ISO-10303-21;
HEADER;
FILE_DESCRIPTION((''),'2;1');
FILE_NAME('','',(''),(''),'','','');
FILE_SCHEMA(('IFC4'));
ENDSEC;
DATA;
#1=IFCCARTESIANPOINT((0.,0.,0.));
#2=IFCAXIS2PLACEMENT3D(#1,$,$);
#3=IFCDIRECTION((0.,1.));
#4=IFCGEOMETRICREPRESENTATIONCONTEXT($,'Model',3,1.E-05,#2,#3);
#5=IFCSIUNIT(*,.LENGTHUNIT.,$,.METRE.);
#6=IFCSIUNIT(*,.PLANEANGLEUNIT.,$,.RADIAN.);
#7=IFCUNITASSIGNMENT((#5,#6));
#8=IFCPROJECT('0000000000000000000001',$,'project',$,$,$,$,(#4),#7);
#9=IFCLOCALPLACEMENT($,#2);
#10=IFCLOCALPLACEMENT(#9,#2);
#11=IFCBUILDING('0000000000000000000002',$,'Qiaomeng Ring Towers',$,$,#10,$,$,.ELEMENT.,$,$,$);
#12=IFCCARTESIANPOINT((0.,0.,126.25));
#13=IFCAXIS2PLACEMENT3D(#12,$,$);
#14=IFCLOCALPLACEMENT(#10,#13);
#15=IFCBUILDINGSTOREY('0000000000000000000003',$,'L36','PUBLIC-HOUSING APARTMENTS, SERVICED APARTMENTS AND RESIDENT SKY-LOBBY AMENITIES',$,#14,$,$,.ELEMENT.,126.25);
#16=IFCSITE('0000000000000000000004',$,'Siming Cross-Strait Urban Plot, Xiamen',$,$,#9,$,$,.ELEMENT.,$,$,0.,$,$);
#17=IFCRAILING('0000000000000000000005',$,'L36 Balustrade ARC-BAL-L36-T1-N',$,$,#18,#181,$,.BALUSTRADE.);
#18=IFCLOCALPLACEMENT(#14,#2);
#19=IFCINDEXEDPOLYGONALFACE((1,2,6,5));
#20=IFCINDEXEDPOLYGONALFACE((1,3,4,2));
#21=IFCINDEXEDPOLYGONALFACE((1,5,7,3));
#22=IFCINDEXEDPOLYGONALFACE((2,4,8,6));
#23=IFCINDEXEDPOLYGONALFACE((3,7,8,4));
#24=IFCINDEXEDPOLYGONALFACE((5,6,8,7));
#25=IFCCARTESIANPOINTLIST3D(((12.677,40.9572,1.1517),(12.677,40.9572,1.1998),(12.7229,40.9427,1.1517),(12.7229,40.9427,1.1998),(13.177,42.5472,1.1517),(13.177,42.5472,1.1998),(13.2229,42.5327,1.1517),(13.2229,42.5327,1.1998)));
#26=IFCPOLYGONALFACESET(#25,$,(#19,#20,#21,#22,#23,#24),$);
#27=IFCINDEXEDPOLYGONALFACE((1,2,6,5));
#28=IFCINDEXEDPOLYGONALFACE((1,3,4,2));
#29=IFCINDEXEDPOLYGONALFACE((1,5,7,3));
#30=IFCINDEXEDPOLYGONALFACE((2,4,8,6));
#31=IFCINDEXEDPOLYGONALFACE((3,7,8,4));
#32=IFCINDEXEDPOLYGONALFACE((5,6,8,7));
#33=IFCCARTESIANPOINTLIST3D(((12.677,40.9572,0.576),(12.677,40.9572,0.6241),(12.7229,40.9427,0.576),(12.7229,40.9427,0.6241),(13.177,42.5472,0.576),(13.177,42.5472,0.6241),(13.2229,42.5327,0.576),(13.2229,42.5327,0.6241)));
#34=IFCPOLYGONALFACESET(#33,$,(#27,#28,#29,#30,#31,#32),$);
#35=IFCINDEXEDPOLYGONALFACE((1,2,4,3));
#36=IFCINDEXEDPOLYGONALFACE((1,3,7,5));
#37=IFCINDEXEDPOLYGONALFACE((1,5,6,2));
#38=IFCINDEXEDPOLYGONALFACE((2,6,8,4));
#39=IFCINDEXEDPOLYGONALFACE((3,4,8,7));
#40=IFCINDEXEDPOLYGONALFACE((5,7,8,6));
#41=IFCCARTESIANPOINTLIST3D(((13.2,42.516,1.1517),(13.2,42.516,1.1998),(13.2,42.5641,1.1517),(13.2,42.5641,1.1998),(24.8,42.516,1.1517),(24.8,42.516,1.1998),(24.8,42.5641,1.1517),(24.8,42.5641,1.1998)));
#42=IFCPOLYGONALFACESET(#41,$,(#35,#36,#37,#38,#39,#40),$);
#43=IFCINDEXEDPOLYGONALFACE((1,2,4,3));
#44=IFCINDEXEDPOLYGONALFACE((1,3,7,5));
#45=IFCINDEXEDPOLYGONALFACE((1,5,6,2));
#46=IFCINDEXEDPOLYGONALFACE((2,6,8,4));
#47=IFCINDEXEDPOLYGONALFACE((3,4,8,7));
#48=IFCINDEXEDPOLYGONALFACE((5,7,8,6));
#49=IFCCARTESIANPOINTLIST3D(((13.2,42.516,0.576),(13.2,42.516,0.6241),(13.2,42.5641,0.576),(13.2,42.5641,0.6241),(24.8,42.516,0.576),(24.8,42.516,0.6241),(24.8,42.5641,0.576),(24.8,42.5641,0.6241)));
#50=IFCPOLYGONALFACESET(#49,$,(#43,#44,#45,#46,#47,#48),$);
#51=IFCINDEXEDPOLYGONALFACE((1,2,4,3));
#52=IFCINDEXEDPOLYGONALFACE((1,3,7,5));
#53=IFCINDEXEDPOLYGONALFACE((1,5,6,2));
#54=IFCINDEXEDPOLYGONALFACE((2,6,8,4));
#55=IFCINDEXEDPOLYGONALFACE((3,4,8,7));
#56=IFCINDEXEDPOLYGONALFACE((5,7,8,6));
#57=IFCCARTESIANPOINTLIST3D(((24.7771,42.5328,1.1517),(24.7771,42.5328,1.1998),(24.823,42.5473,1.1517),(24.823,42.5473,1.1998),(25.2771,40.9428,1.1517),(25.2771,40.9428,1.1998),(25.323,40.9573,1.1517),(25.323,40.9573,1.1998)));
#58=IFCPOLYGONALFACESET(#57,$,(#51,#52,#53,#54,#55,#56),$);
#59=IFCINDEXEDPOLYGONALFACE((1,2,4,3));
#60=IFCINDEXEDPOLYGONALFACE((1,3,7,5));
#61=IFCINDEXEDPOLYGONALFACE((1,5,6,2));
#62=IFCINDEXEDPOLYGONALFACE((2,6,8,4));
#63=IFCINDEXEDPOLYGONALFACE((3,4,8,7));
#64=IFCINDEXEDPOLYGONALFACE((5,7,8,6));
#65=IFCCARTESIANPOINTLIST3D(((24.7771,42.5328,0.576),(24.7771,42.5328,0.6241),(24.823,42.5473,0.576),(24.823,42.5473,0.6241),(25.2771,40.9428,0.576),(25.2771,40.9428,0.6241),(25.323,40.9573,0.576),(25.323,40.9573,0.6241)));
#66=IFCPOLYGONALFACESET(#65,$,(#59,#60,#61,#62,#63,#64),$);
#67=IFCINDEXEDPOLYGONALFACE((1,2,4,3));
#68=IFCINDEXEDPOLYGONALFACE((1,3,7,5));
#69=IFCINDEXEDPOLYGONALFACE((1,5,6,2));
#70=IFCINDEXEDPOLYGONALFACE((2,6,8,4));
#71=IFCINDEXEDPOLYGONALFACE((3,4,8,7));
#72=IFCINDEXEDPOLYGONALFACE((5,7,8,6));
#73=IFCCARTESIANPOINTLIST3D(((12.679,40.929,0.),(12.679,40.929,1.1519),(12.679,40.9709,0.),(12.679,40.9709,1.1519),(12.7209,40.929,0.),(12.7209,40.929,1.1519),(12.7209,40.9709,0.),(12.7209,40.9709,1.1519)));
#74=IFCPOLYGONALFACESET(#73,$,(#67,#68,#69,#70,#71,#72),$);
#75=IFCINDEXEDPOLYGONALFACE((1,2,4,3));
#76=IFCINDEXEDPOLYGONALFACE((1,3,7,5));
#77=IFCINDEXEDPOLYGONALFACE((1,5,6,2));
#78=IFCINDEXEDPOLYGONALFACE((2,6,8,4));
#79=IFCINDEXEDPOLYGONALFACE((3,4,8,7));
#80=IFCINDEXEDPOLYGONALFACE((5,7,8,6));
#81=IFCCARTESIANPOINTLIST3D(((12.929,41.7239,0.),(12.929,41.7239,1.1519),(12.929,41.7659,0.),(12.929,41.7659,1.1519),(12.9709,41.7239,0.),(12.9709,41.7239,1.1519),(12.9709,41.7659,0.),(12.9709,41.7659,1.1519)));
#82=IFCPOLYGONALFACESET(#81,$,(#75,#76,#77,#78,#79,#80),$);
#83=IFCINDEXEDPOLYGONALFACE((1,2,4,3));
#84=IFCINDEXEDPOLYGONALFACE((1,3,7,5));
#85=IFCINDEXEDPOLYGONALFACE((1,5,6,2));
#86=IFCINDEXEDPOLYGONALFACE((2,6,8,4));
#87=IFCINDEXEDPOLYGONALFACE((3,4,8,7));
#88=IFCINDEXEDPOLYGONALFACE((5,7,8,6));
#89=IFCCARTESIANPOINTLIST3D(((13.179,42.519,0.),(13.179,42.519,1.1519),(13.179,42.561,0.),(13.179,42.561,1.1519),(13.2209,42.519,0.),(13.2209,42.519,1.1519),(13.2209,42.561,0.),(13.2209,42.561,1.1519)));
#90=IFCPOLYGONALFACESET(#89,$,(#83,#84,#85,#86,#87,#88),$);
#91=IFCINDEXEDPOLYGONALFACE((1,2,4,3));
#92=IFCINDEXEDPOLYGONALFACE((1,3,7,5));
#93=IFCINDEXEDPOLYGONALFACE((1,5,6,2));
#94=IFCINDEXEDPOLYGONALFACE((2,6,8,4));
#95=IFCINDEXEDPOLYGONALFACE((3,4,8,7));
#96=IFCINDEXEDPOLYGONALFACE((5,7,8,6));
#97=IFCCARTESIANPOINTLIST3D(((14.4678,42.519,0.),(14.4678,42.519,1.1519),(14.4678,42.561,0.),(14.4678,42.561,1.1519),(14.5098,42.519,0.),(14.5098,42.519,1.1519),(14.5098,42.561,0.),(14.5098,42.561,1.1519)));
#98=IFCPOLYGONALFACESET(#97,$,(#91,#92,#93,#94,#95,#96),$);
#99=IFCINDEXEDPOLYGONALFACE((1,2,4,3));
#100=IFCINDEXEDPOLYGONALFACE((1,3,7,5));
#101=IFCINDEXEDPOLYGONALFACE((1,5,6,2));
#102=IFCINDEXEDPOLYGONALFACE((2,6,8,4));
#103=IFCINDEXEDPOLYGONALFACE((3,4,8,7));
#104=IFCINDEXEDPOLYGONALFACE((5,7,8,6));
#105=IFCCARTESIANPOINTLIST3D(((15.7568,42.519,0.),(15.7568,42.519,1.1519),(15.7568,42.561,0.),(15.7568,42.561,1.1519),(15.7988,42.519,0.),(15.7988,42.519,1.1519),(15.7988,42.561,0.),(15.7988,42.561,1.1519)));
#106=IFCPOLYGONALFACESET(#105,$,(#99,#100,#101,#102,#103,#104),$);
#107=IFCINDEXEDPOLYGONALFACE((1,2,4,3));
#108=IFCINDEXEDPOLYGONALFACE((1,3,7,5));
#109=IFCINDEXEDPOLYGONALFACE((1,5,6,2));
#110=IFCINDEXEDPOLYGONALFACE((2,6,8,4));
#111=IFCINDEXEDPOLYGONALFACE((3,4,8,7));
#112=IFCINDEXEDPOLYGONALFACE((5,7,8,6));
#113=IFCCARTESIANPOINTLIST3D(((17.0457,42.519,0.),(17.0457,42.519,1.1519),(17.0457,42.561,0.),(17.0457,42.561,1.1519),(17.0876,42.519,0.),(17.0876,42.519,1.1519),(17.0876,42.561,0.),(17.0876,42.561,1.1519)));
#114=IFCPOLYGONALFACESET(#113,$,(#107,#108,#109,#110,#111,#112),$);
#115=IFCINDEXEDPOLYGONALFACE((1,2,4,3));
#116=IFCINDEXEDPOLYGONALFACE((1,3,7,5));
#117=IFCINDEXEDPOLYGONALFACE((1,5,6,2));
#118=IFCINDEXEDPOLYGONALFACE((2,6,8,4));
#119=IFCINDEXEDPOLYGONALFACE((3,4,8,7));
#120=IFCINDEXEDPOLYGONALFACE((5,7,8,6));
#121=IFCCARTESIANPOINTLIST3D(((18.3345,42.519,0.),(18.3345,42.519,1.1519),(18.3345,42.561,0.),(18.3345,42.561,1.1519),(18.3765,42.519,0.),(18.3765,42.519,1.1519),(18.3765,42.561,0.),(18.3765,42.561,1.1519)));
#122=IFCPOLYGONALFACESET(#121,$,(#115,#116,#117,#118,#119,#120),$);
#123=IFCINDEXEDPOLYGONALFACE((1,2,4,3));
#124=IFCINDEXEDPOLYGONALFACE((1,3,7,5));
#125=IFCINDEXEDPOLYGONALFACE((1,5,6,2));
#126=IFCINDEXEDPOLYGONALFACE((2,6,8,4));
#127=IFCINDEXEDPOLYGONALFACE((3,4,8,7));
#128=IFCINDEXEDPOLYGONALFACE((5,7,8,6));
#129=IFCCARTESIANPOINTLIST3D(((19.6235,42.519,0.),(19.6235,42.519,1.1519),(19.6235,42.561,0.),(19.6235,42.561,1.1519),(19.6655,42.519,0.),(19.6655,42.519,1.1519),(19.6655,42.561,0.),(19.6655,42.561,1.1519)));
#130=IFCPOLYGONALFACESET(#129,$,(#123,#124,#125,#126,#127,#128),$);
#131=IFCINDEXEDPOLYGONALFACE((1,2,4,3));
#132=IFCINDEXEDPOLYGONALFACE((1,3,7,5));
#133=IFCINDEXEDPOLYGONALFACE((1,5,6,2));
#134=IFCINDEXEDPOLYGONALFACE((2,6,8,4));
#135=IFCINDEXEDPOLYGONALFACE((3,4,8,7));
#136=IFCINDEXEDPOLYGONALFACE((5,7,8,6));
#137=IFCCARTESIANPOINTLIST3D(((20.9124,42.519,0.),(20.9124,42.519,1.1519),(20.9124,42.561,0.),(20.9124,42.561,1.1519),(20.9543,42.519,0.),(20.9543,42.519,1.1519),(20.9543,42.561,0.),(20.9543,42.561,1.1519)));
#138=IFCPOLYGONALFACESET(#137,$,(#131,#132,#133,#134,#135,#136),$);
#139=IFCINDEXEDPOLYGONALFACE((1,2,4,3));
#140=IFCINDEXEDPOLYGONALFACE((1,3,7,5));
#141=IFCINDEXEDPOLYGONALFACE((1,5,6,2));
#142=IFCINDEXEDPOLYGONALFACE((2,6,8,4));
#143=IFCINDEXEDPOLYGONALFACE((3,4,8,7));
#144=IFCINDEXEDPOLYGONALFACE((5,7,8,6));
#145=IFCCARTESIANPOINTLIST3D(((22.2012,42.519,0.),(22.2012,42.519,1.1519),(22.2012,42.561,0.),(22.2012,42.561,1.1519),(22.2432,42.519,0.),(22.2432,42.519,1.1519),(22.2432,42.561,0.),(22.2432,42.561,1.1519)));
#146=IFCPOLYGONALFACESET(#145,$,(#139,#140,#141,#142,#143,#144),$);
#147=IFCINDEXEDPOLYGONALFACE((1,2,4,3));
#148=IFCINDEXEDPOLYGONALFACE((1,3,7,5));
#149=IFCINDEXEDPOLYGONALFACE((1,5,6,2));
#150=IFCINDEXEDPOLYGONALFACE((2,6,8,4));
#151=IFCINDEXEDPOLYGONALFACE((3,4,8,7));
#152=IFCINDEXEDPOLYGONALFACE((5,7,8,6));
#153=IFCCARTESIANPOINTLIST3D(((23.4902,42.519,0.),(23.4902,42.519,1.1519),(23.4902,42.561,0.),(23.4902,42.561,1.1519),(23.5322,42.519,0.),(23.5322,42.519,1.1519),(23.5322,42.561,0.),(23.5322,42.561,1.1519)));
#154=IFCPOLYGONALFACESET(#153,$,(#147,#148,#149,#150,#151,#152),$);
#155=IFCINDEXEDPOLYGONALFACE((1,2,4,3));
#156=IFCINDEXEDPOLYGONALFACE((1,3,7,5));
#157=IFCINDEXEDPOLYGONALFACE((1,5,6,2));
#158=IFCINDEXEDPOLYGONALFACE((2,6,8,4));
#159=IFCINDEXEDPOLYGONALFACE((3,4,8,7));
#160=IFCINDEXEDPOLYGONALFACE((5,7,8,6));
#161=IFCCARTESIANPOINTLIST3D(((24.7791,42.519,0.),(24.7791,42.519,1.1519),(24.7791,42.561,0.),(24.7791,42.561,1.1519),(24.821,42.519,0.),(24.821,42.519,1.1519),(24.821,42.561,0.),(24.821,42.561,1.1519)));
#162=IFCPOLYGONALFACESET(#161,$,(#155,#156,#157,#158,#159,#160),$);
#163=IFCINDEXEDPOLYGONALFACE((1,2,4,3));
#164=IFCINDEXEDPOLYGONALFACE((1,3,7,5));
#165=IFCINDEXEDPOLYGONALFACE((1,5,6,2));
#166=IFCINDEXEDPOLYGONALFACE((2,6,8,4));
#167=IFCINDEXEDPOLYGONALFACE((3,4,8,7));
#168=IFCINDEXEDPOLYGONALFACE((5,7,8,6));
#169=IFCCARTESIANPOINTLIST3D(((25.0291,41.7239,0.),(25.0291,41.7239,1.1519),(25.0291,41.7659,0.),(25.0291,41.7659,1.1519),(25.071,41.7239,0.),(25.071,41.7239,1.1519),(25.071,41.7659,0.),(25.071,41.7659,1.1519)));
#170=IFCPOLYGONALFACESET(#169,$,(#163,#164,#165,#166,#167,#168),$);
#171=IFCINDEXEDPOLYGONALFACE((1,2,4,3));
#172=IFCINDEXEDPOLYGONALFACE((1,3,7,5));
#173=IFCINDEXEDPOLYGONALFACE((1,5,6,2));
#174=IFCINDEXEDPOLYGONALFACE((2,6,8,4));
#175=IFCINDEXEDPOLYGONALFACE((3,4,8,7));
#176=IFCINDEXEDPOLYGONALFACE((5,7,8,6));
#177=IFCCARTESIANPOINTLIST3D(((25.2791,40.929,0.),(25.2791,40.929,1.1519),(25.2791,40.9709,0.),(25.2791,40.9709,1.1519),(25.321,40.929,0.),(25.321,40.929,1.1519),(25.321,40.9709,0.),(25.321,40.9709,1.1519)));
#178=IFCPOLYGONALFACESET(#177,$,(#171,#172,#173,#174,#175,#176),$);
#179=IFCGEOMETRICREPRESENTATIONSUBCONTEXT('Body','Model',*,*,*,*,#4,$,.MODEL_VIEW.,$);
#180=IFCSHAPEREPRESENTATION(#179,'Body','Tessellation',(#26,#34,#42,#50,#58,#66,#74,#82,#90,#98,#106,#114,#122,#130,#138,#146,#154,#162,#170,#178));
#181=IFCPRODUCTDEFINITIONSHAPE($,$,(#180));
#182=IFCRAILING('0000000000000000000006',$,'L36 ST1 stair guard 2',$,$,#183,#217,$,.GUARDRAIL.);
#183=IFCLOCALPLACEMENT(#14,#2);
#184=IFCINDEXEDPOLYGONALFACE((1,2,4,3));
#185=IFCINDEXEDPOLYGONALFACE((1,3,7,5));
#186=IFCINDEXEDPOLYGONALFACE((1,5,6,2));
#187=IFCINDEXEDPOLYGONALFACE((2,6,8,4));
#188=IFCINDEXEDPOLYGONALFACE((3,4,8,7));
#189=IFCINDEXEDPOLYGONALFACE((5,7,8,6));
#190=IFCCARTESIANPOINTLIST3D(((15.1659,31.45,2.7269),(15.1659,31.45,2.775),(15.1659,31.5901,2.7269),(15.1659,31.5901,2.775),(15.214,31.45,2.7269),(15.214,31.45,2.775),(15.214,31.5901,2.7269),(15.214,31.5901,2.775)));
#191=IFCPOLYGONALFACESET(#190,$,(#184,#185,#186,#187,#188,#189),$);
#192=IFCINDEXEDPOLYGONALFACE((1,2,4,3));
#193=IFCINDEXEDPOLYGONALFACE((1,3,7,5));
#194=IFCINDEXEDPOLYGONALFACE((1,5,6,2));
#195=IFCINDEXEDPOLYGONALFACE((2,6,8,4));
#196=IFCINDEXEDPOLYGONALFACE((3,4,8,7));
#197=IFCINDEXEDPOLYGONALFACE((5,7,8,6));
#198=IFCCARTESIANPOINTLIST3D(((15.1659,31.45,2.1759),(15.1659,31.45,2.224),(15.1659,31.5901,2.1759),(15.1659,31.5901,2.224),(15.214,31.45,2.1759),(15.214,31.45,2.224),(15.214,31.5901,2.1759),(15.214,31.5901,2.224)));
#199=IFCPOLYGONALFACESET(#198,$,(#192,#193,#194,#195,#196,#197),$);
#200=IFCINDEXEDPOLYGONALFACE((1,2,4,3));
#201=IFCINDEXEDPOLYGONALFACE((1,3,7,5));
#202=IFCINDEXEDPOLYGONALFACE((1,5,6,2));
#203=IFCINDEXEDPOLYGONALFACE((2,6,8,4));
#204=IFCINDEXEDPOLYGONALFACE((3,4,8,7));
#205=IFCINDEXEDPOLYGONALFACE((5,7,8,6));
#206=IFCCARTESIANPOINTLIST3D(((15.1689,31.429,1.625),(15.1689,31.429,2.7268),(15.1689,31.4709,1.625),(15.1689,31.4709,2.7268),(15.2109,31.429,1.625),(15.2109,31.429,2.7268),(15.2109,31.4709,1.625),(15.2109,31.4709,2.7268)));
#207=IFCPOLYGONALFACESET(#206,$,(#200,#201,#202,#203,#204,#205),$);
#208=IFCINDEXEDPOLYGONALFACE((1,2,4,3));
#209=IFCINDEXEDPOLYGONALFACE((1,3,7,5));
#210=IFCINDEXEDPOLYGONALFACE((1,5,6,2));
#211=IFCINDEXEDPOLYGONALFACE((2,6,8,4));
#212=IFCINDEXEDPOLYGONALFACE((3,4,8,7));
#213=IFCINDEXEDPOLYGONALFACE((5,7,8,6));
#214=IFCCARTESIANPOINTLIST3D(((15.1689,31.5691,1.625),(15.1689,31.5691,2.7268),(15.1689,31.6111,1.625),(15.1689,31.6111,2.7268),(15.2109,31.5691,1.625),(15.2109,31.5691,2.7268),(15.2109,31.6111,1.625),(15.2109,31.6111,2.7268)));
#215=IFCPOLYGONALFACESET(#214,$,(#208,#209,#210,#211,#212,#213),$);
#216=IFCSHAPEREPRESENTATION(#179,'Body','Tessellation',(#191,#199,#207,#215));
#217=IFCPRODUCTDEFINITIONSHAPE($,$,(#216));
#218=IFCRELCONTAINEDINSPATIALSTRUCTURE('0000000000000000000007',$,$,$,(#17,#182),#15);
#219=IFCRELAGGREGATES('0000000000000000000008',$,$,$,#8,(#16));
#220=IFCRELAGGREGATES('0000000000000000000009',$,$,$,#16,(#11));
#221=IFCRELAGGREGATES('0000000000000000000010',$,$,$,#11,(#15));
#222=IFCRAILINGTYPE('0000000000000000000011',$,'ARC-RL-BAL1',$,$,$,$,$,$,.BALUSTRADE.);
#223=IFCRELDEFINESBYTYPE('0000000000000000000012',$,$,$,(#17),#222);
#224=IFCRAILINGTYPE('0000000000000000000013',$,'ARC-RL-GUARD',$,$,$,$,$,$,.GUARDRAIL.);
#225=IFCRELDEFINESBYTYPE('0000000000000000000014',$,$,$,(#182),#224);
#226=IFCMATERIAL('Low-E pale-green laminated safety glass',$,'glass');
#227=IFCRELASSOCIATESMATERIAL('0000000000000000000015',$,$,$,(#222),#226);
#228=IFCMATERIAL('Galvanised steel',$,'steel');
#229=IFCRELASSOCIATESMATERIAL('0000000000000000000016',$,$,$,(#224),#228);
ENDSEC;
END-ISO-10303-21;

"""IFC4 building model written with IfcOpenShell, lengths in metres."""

from ifc_helpers import new_model, si_unit, direction, frame, origin, origin_2d, place, context, subcontext, project, spatial, rectangle, extrude, material, type_object, element, save


model = new_model("IFC4")

# Units and contexts
model_context = context("Model", 3, precision=1e-05, world=origin(), true_north=direction((0.0, 1.0)))
body_context = subcontext(model_context, "Body", "Model", "MODEL_VIEW")
ifc_project = project(units=[si_unit("LENGTHUNIT", "METRE"), si_unit("PLANEANGLEUNIT", "RADIAN")], contexts=[model_context])

# Site, building, storey
site_placement = place(None, origin())
site = spatial("IfcSite", under=ifc_project, at=site_placement, Name="Siming Cross-Strait Urban Plot, Xiamen", CompositionType="ELEMENT", RefElevation=0.0)
building_placement = place(site_placement, origin())
building = spatial("IfcBuilding", under=site, at=building_placement, Name="Qiaomeng Ring Towers", CompositionType="ELEMENT")
storey_placement = place(building_placement, frame((0.0, 0.0, 126.25)))
storey = spatial("IfcBuildingStorey", under=building, at=storey_placement, Name="L36", Description="PUBLIC-HOUSING APARTMENTS, SERVICED APARTMENTS AND RESIDENT SKY-LOBBY AMENITIES", CompositionType="ELEMENT", Elevation=126.25)

# Shared definitions
ifc_material_1 = material(Name="Galvanised steel", Category="steel")

# Railings
ifc_material_2 = material(Name="Low-E pale-green laminated safety glass", Category="glass")
railing_type_1 = type_object("IfcRailingType", Name="ARC-RL-BAL1", PredefinedType="BALUSTRADE", material=ifc_material_2)
railing_1_placement = place(storey_placement, frame((12.7, 40.95, 0.0)))
element("IfcRailing", 1, at=railing_1_placement, inside=storey, type_object=railing_type_1, Name="L36 Balustrade ARC-BAL-L36-T1-N", PredefinedType="BALUSTRADE", context=body_context, shape_type="SweptSolid", body=[
    extrude(rectangle(XDim=0.0481, YDim=0.0481, at=origin_2d()), frame((0.0, 0.0, 1.1758), z_axis=(0.299968, 0.953949, 0.0), x_axis=(-0.953949, 0.299968, 0.0)), (0.0, 0.0, 1.0), 1.6667),
    extrude(rectangle(XDim=0.0481, YDim=0.0481, at=origin_2d()), frame((0.0, 0.0, 0.6001), z_axis=(0.299968, 0.953949, 0.0), x_axis=(-0.953949, 0.299968, 0.0)), (0.0, 0.0, 1.0), 1.6667),
    extrude(rectangle(XDim=0.0481, YDim=0.0481, at=origin_2d()), frame((0.5, 1.5901, 1.1758), z_axis=(1.0, 0.0, 0.0), x_axis=(0.0, 1.0, 0.0)), (0.0, 0.0, 1.0), 11.6001),
    extrude(rectangle(XDim=0.0481, YDim=0.0481, at=origin_2d()), frame((0.5, 1.5901, 0.6001), z_axis=(1.0, 0.0, 0.0), x_axis=(0.0, 1.0, 0.0)), (0.0, 0.0, 1.0), 11.6001),
    extrude(rectangle(XDim=0.0481, YDim=0.0481, at=origin_2d()), frame((12.1001, 1.5901, 1.1758), z_axis=(0.299968, -0.953949, 0.0), x_axis=(0.953949, 0.299968, 0.0)), (0.0, 0.0, 1.0), 1.6667),
    extrude(rectangle(XDim=0.0481, YDim=0.0481, at=origin_2d()), frame((12.1001, 1.5901, 0.6001), z_axis=(0.299968, -0.953949, 0.0), x_axis=(0.953949, 0.299968, 0.0)), (0.0, 0.0, 1.0), 1.6667),
    extrude(rectangle(XDim=0.042, YDim=0.042, at=origin_2d()), origin(), (0.0, 0.0, 1.0), 1.1519),
    extrude(rectangle(XDim=0.042, YDim=0.042, at=origin_2d()), frame((0.25, 0.7949, 0.0)), (0.0, 0.0, 1.0), 1.1519),
    extrude(rectangle(XDim=0.042, YDim=0.042, at=origin_2d()), frame((0.5, 1.5901, 0.0)), (0.0, 0.0, 1.0), 1.1519),
    extrude(rectangle(XDim=0.042, YDim=0.042, at=origin_2d()), frame((1.7888, 1.5901, 0.0)), (0.0, 0.0, 1.0), 1.1519),
    extrude(rectangle(XDim=0.042, YDim=0.042, at=origin_2d()), frame((3.0779, 1.5901, 0.0)), (0.0, 0.0, 1.0), 1.1519),
    extrude(rectangle(XDim=0.042, YDim=0.042, at=origin_2d()), frame((4.3667, 1.5901, 0.0)), (0.0, 0.0, 1.0), 1.1519),
    extrude(rectangle(XDim=0.042, YDim=0.042, at=origin_2d()), frame((5.6555, 1.5901, 0.0)), (0.0, 0.0, 1.0), 1.1519),
    extrude(rectangle(XDim=0.042, YDim=0.042, at=origin_2d()), frame((6.9446, 1.5901, 0.0)), (0.0, 0.0, 1.0), 1.1519),
    extrude(rectangle(XDim=0.042, YDim=0.042, at=origin_2d()), frame((8.2334, 1.5901, 0.0)), (0.0, 0.0, 1.0), 1.1519),
    extrude(rectangle(XDim=0.042, YDim=0.042, at=origin_2d()), frame((9.5222, 1.5901, 0.0)), (0.0, 0.0, 1.0), 1.1519),
    extrude(rectangle(XDim=0.042, YDim=0.042, at=origin_2d()), frame((10.8113, 1.5901, 0.0)), (0.0, 0.0, 1.0), 1.1519),
    extrude(rectangle(XDim=0.042, YDim=0.042, at=origin_2d()), frame((12.1001, 1.5901, 0.0)), (0.0, 0.0, 1.0), 1.1519),
    extrude(rectangle(XDim=0.042, YDim=0.042, at=origin_2d()), frame((12.3501, 0.7949, 0.0)), (0.0, 0.0, 1.0), 1.1519),
    extrude(rectangle(XDim=0.042, YDim=0.042, at=origin_2d()), frame((12.6001, 0.0, 0.0)), (0.0, 0.0, 1.0), 1.1519),
])
railing_type_2 = type_object("IfcRailingType", Name="ARC-RL-GUARD", PredefinedType="GUARDRAIL", material=ifc_material_1)
railing_2_placement = place(storey_placement, frame((15.1899, 31.45, 1.625)))
element("IfcRailing", 2, at=railing_2_placement, inside=storey, type_object=railing_type_2, Name="L36 ST1 stair guard 2", PredefinedType="GUARDRAIL", context=body_context, shape_type="SweptSolid", body=[
    extrude(rectangle(XDim=0.0481, YDim=0.0481, at=origin_2d()), frame((0.0, 0.0, 1.126), z_axis=(0.0, 1.0, 0.0), x_axis=(-1.0, 0.0, 0.0)), (0.0, 0.0, 1.0), 0.1401),
    extrude(rectangle(XDim=0.0481, YDim=0.0481, at=origin_2d()), frame((0.0, 0.0, 0.575), z_axis=(0.0, 1.0, 0.0), x_axis=(-1.0, 0.0, 0.0)), (0.0, 0.0, 1.0), 0.1401),
    extrude(rectangle(XDim=0.042, YDim=0.042, at=origin_2d()), origin(), (0.0, 0.0, 1.0), 1.1018),
    extrude(rectangle(XDim=0.042, YDim=0.042, at=origin_2d()), frame((0.0, 0.1401, 0.0)), (0.0, 0.0, 1.0), 1.1018),
])

save(model, "model.ifc")
